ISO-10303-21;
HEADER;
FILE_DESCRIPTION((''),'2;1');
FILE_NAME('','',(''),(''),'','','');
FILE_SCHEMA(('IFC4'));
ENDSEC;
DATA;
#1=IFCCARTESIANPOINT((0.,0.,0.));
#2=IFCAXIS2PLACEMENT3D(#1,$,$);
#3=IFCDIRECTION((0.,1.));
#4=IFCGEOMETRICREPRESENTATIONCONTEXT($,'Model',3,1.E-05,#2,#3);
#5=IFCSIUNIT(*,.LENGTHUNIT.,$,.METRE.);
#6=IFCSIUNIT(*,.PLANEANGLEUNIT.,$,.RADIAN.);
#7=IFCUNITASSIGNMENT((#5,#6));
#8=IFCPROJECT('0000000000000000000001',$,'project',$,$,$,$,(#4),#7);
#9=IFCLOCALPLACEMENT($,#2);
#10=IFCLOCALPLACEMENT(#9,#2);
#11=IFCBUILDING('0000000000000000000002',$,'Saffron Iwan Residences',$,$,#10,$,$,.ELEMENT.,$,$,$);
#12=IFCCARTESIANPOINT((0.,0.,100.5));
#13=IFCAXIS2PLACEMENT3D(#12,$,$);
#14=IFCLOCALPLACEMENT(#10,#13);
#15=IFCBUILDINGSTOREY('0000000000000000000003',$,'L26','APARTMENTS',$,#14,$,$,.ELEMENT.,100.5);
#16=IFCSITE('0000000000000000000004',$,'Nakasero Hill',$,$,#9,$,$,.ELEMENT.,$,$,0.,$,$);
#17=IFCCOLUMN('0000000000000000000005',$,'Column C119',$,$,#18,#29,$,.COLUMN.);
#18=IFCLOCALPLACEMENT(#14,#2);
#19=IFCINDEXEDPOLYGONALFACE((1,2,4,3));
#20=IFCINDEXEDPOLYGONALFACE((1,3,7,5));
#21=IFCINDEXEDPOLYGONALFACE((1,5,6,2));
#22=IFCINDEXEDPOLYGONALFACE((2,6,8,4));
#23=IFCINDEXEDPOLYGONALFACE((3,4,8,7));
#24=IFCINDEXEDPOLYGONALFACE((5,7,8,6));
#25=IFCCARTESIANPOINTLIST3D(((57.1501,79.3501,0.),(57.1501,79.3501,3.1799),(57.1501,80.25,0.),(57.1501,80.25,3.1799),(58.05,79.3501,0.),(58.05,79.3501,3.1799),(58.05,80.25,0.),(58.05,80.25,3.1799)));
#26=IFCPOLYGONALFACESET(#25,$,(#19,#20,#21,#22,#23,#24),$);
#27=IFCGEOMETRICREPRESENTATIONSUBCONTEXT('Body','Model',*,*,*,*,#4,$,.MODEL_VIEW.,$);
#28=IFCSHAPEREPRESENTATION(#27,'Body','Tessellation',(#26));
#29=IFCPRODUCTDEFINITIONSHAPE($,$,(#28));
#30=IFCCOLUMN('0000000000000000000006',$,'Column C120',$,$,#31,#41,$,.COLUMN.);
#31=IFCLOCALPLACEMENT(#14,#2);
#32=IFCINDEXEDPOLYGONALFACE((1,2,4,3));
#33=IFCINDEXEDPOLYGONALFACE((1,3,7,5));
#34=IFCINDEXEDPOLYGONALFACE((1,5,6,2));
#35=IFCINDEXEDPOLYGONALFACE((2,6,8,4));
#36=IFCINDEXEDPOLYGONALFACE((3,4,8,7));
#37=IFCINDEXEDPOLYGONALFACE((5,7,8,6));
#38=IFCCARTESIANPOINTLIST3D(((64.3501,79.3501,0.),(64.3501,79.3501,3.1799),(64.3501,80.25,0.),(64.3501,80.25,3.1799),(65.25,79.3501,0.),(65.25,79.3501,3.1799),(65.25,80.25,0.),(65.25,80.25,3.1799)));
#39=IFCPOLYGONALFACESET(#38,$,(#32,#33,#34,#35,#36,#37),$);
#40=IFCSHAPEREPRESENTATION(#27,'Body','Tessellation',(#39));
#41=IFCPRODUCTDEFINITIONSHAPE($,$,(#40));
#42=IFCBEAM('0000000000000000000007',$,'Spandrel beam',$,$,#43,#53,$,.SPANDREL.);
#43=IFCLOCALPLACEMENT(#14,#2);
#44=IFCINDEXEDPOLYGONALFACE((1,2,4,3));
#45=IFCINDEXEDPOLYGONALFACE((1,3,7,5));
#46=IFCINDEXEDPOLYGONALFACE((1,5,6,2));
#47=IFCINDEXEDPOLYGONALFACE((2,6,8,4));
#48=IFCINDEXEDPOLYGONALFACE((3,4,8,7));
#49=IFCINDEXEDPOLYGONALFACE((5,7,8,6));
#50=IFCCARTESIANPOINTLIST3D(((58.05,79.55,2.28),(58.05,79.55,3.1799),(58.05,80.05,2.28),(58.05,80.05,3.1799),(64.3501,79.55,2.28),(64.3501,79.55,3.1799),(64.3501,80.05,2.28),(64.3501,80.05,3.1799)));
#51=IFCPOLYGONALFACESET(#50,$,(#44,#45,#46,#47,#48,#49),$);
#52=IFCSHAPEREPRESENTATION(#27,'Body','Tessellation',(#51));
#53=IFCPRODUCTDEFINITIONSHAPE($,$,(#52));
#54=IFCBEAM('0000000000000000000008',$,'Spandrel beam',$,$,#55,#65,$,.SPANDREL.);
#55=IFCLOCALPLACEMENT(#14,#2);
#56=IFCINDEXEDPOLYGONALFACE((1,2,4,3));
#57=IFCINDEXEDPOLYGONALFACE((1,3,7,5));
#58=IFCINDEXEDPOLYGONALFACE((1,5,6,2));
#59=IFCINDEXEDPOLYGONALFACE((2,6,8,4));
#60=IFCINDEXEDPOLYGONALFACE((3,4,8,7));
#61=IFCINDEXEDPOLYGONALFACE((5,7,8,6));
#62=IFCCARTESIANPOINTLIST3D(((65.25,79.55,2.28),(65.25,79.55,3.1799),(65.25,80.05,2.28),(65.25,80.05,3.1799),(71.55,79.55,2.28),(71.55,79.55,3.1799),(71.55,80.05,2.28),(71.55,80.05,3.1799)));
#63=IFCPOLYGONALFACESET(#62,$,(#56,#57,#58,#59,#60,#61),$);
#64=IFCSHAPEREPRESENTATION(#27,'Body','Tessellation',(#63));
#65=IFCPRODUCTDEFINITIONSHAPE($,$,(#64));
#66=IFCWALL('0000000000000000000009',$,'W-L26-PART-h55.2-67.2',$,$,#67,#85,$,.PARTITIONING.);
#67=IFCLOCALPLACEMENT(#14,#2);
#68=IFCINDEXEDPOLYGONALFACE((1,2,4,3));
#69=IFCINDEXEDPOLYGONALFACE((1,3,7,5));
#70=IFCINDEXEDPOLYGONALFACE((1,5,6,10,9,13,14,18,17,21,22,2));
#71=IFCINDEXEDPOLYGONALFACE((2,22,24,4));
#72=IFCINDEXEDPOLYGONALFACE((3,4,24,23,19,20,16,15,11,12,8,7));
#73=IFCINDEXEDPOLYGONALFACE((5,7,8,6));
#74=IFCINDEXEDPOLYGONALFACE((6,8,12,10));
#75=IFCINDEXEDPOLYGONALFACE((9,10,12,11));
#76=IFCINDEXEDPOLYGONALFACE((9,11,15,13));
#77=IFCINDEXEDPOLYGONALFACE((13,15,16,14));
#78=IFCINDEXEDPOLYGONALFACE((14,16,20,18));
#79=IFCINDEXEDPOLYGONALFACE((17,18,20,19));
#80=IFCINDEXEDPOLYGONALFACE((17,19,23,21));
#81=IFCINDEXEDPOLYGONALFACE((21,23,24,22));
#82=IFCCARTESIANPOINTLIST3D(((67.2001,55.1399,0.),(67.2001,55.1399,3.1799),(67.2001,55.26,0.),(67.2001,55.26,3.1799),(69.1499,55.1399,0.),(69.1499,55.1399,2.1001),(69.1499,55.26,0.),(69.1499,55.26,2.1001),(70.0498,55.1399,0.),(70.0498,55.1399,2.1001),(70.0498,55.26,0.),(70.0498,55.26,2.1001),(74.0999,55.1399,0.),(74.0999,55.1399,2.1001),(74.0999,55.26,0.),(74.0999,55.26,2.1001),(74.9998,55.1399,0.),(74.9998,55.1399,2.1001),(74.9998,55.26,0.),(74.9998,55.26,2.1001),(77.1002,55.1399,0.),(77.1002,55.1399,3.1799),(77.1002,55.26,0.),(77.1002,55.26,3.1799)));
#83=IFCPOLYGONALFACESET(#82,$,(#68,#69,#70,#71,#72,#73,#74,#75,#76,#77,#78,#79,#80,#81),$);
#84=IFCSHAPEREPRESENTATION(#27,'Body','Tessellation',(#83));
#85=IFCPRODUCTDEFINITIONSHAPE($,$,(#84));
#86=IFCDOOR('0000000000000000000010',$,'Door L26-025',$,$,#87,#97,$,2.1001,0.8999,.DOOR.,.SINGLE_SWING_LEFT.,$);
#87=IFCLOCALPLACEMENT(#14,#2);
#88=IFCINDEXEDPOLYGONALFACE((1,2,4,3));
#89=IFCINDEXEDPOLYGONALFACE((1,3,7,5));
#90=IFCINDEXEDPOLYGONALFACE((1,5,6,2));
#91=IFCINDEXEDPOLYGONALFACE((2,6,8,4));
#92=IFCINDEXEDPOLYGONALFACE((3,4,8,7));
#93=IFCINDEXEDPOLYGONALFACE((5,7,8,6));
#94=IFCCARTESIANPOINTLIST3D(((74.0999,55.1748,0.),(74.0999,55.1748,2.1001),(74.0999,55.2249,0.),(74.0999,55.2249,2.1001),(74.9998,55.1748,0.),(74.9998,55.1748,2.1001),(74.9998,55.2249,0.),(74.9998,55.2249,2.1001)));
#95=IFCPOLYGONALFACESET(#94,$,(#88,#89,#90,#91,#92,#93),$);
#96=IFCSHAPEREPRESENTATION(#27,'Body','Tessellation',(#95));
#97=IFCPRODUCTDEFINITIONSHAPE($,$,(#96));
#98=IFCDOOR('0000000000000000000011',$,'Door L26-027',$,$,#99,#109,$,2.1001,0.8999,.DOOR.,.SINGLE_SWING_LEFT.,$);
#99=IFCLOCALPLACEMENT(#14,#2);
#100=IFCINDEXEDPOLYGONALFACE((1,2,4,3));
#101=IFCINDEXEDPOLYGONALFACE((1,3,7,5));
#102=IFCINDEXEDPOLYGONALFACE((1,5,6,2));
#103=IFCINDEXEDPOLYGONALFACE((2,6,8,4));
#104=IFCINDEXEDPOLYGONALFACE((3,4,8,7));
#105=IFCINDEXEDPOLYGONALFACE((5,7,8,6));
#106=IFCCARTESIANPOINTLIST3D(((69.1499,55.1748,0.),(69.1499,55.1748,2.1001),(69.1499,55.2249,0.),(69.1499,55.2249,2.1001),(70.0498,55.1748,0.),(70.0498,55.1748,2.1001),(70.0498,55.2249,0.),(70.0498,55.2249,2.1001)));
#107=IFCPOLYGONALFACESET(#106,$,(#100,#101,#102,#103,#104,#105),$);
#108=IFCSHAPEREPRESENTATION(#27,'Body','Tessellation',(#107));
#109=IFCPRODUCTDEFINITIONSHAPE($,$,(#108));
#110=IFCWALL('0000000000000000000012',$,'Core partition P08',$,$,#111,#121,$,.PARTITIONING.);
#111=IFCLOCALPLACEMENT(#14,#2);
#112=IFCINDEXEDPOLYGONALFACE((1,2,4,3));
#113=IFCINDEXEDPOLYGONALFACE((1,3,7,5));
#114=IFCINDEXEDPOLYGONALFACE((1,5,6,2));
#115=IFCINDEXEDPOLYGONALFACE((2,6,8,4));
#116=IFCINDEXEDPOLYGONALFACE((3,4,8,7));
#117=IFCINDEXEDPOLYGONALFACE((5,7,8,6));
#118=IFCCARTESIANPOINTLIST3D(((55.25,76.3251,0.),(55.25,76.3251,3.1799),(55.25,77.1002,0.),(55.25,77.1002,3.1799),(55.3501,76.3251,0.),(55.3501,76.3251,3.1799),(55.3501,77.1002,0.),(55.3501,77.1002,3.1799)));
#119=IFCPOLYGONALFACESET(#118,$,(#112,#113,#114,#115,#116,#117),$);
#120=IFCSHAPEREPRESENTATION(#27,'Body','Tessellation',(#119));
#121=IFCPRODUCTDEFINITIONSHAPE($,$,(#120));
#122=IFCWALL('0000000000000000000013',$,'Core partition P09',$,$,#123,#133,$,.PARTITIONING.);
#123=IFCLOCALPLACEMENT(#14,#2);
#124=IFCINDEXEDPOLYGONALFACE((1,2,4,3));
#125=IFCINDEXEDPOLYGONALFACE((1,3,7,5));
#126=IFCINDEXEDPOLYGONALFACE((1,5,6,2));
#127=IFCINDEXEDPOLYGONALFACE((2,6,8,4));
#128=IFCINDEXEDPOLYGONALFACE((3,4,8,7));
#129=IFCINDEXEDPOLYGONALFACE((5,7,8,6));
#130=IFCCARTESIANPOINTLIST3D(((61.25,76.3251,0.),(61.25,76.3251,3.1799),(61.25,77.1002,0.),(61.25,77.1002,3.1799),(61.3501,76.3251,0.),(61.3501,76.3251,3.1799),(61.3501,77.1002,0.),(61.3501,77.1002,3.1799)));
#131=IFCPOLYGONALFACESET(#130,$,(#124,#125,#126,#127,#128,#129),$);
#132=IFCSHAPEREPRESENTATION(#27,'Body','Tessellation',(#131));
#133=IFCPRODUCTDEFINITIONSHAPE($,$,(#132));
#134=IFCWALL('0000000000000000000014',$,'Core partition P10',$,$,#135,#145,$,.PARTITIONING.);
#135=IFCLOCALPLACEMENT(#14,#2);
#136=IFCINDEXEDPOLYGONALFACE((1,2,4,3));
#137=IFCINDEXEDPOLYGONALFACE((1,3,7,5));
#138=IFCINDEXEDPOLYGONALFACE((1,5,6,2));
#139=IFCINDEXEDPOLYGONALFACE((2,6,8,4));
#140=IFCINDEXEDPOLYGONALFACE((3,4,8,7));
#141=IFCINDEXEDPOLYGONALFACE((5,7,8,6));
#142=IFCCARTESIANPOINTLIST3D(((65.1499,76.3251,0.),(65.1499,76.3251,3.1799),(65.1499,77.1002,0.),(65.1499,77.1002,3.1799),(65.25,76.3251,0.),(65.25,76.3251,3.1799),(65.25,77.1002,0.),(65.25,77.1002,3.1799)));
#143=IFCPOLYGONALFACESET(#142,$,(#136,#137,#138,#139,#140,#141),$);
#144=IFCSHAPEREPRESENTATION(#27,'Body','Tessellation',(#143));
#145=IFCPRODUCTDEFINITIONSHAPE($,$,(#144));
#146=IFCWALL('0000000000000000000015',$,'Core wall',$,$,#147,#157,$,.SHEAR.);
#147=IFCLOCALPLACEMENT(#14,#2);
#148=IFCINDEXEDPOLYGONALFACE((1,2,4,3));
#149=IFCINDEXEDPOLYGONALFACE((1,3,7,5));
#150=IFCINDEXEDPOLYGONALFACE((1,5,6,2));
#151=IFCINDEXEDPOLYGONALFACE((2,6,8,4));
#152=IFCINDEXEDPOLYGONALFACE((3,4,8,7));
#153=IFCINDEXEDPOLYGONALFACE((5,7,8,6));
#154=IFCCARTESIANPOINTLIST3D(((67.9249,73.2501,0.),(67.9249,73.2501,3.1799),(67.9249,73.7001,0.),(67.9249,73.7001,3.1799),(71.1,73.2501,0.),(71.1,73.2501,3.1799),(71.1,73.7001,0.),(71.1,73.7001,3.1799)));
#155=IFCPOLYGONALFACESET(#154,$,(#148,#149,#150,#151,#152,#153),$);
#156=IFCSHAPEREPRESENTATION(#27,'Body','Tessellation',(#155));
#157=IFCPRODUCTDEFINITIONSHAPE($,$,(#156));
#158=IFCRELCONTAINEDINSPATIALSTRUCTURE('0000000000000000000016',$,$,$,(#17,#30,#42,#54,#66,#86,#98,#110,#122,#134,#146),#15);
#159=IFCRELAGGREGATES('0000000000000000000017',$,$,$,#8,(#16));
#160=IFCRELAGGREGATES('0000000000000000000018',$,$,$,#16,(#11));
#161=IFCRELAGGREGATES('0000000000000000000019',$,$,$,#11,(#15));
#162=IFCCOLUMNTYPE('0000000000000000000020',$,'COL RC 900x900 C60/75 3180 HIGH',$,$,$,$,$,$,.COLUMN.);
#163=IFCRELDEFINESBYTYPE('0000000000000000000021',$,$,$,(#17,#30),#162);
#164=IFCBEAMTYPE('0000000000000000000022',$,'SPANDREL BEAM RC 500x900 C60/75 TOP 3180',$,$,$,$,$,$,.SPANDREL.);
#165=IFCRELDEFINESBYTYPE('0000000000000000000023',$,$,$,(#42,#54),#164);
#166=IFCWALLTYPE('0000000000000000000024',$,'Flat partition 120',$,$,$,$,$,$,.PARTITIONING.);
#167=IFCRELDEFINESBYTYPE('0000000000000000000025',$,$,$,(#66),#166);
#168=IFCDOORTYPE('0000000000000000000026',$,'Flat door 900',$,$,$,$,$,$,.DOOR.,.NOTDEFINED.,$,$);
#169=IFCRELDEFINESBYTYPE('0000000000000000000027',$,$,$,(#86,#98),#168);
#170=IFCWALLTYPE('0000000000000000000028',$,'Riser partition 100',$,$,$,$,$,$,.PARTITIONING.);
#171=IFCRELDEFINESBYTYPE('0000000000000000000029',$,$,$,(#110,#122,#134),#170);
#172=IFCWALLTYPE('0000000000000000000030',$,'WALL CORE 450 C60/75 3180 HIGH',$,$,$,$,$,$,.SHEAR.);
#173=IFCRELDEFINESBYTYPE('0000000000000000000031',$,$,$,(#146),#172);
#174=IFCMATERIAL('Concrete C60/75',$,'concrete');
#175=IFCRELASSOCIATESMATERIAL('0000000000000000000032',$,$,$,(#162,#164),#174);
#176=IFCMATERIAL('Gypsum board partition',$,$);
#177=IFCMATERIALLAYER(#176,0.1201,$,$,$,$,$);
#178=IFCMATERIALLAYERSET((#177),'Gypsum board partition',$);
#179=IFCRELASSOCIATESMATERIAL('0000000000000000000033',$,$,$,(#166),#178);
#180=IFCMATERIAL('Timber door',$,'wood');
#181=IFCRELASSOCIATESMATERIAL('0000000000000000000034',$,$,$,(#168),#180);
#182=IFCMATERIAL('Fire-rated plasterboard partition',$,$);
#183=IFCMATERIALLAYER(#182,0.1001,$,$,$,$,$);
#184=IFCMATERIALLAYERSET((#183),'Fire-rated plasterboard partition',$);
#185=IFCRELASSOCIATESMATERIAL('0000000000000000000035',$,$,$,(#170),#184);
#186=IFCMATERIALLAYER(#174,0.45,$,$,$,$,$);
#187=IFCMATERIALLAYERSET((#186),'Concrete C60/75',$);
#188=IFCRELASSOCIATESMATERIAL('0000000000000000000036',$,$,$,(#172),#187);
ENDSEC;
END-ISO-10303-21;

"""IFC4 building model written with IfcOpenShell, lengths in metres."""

from ifc_helpers import new_model, si_unit, direction, frame, frame_2d, origin, origin_2d, place, context, subcontext, project, spatial, rectangle, extrude, source, transform, mapped, material, layer, layer_set, material_profile, profile_set, type_object, element, fill, save


model = new_model("IFC4")

# Units and contexts
model_context = context("Model", 3, precision=1e-05, world=origin(), true_north=direction((0.0, 1.0)))
body_context = subcontext(model_context, "Body", "Model", "MODEL_VIEW")
ifc_project = project(units=[si_unit("LENGTHUNIT", "METRE"), si_unit("PLANEANGLEUNIT", "RADIAN")], contexts=[model_context])

# Site, building, storey
site_placement = place(None, origin())
site = spatial("IfcSite", under=ifc_project, at=site_placement, Name="Nakasero Hill", CompositionType="ELEMENT", RefElevation=0.0)
building_placement = place(site_placement, origin())
building = spatial("IfcBuilding", under=site, at=building_placement, Name="Saffron Iwan Residences", CompositionType="ELEMENT")
storey_placement = place(building_placement, frame((0.0, 0.0, 100.5)))
storey = spatial("IfcBuildingStorey", under=building, at=storey_placement, Name="L26", Description="APARTMENTS", CompositionType="ELEMENT", Elevation=100.5)

# Columns
ifc_material_1 = material(Name="Concrete C60/75", Category="concrete")
ifc_material_profile_1 = material_profile(ifc_material_1, rectangle(XDim=0.8999, YDim=0.8999, at=origin_2d()), Name="RC 900x900")
ifc_profile_set_1 = profile_set([ifc_material_profile_1], Name="Concrete C60/75")
column_type = type_object("IfcColumnType", Name="COL RC 900x900 C60/75 3180 HIGH", PredefinedType="COLUMN", material=ifc_profile_set_1)
shared_shape_1 = source(origin(), body_context, "Body", "SweptSolid", [
    extrude(rectangle(XDim=0.8999, YDim=0.8999, at=origin_2d()), origin(), (0.0, 0.0, 1.0), 3.1799),
])
for number, where, z_axis, x_axis, name in (
    (1, (57.6001, 79.8, 0.0), (0.0, 0.0, 1.0), (1.0, 0.0, 0.0), "Column C119"),
    (2, (64.8, 79.8, 0.0), (0.0, 0.0, 1.0), (1.0, 0.0, 0.0), "Column C120"),
):
    element("IfcColumn", number, at=place(storey_placement, frame(where, z_axis=z_axis, x_axis=x_axis)), inside=storey, type_object=column_type, Name=name, PredefinedType="COLUMN", context=body_context, shape_type="MappedRepresentation", body=[
        mapped(shared_shape_1, transform((0.0, 0.0, 0.0))),
    ])

# Beams
ifc_material_profile_2 = material_profile(ifc_material_1, rectangle(XDim=0.5, YDim=0.8999, at=origin_2d()), Name="RC 500x900")
ifc_profile_set_2 = profile_set([ifc_material_profile_2], Name="Concrete C60/75")
beam_type = type_object("IfcBeamType", Name="SPANDREL BEAM RC 500x900 C60/75 TOP 3180", PredefinedType="SPANDREL", material=ifc_profile_set_2)
shared_shape_2 = source(origin(), body_context, "Body", "SweptSolid", [
    extrude(rectangle(XDim=0.5, YDim=0.8999, at=origin_2d()), origin(), (0.0, 0.0, 1.0), 6.3),
])
for number, where, z_axis, x_axis, name in (
    (3, (58.05, 79.8, 2.73), (1.0, 0.0, 0.0), (0.0, 1.0, 0.0), "Spandrel beam"),
    (4, (65.25, 79.8, 2.73), (1.0, 0.0, 0.0), (0.0, 1.0, 0.0), "Spandrel beam"),
):
    element("IfcBeam", number, at=place(storey_placement, frame(where, z_axis=z_axis, x_axis=x_axis)), inside=storey, type_object=beam_type, Name=name, PredefinedType="SPANDREL", context=body_context, shape_type="MappedRepresentation", body=[
        mapped(shared_shape_2, transform((0.0, 0.0, 0.0))),
    ])

# Wall, openings, doors
ifc_material_2 = material(Name="Gypsum board partition")
ifc_layer_1 = layer(ifc_material_2, 0.1201)
ifc_layer_set_1 = layer_set([ifc_layer_1], Name="Gypsum board partition")
wall_type_1 = type_object("IfcWallType", Name="Flat partition 120", PredefinedType="PARTITIONING", material=ifc_layer_set_1)
wall_1_placement = place(storey_placement, frame((67.2, 55.2, 0.0), z_axis=(0.0, 0.0, 1.0), x_axis=(1.0, 0.0, 0.0)))
wall_1 = element("IfcWall", 5, at=wall_1_placement, inside=storey, type_object=wall_type_1, Name="W-L26-PART-h55.2-67.2", PredefinedType="PARTITIONING", context=body_context, shape_type="SweptSolid", body=[
    extrude(rectangle(XDim=9.9001, YDim=0.1201, at=frame_2d((4.9502, 0.0))), origin(), (0.0, 0.0, 1.0), 3.1799),
])
opening_1_placement = place(wall_1_placement, frame((6.8999, 0.0, 0.0)))
opening_1 = element("IfcOpeningElement", 6, at=opening_1_placement, cuts=wall_1, PredefinedType="OPENING", context=body_context, shape_type="SweptSolid", body=[
    extrude(rectangle(XDim=0.8999, YDim=2.1001, at=frame_2d((0.45, 1.05))), frame((0.0, 0.0701, 0.0), z_axis=(0.0, -1.0, 0.0), x_axis=(1.0, 0.0, 0.0)), (0.0, 0.0, 1.0), 0.1401),
])
opening_2_placement = place(wall_1_placement, frame((1.95, 0.0, 0.0)))
opening_2 = element("IfcOpeningElement", 7, at=opening_2_placement, cuts=wall_1, PredefinedType="OPENING", context=body_context, shape_type="SweptSolid", body=[
    extrude(rectangle(XDim=0.8999, YDim=2.1001, at=frame_2d((0.45, 1.05))), frame((0.0, 0.0701, 0.0), z_axis=(0.0, -1.0, 0.0), x_axis=(1.0, 0.0, 0.0)), (0.0, 0.0, 1.0), 0.1401),
])
ifc_material_3 = material(Name="Timber door", Category="wood")
door_type_1 = type_object("IfcDoorType", Name="Flat door 900", OperationType="NOTDEFINED", PredefinedType="DOOR", material=ifc_material_3)
door_1_placement = place(opening_1_placement, origin())
door_1 = element("IfcDoor", 8, at=door_1_placement, inside=storey, type_object=door_type_1, Name="Door L26-025", OperationType="SINGLE_SWING_LEFT", OverallHeight=2.1001, OverallWidth=0.8999, PredefinedType="DOOR", context=body_context, shape_type="SweptSolid", body=[
    extrude(rectangle(XDim=0.8999, YDim=2.1001, at=frame_2d((0.45, 1.05))), frame((0.0, 0.0249, 0.0), z_axis=(0.0, -1.0, 0.0), x_axis=(1.0, 0.0, 0.0)), (0.0, 0.0, 1.0), 0.05),
])
fill(opening_1, door_1)
door_2_placement = place(opening_2_placement, origin())
door_2 = element("IfcDoor", 9, at=door_2_placement, inside=storey, type_object=door_type_1, Name="Door L26-027", OperationType="SINGLE_SWING_LEFT", OverallHeight=2.1001, OverallWidth=0.8999, PredefinedType="DOOR", context=body_context, shape_type="SweptSolid", body=[
    extrude(rectangle(XDim=0.8999, YDim=2.1001, at=frame_2d((0.45, 1.05))), frame((0.0, 0.0249, 0.0), z_axis=(0.0, -1.0, 0.0), x_axis=(1.0, 0.0, 0.0)), (0.0, 0.0, 1.0), 0.05),
])
fill(opening_2, door_2)

# Walls
ifc_material_4 = material(Name="Fire-rated plasterboard partition")
ifc_layer_2 = layer(ifc_material_4, 0.1001)
ifc_layer_set_2 = layer_set([ifc_layer_2], Name="Fire-rated plasterboard partition")
wall_type_2 = type_object("IfcWallType", Name="Riser partition 100", PredefinedType="PARTITIONING", material=ifc_layer_set_2)
for number, where, z_axis, x_axis, name in (
    (10, (55.3, 76.325, 0.0), (0.0, 0.0, 1.0), (0.0, 1.0, 0.0), "Core partition P08"),
    (11, (61.3, 76.325, 0.0), (0.0, 0.0, 1.0), (0.0, 1.0, 0.0), "Core partition P09"),
    (12, (65.2, 76.325, 0.0), (0.0, 0.0, 1.0), (0.0, 1.0, 0.0), "Core partition P10"),
):
    element("IfcWall", number, at=place(storey_placement, frame(where, z_axis=z_axis, x_axis=x_axis)), inside=storey, type_object=wall_type_2, Name=name, PredefinedType="PARTITIONING", context=body_context, shape_type="SweptSolid", body=[
        extrude(rectangle(XDim=0.7751, YDim=0.1001, at=frame_2d((0.3877, 0.0))), origin(), (0.0, 0.0, 1.0), 3.1799),
    ])
ifc_layer_3 = layer(ifc_material_1, 0.45)
ifc_layer_set_3 = layer_set([ifc_layer_3], Name="Concrete C60/75")
wall_type_3 = type_object("IfcWallType", Name="WALL CORE 450 C60/75 3180 HIGH", PredefinedType="SHEAR", material=ifc_layer_set_3)
wall_2_placement = place(storey_placement, frame((67.925, 73.4751, 0.0), z_axis=(0.0, 0.0, 1.0), x_axis=(1.0, 0.0, 0.0)))
element("IfcWall", 13, at=wall_2_placement, inside=storey, type_object=wall_type_3, Name="Core wall", PredefinedType="SHEAR", context=body_context, shape_type="SweptSolid", body=[
    extrude(rectangle(XDim=3.175, YDim=0.45, at=frame_2d((1.5874, 0.0))), origin(), (0.0, 0.0, 1.0), 3.1799),
])

save(model, "model.ifc")
